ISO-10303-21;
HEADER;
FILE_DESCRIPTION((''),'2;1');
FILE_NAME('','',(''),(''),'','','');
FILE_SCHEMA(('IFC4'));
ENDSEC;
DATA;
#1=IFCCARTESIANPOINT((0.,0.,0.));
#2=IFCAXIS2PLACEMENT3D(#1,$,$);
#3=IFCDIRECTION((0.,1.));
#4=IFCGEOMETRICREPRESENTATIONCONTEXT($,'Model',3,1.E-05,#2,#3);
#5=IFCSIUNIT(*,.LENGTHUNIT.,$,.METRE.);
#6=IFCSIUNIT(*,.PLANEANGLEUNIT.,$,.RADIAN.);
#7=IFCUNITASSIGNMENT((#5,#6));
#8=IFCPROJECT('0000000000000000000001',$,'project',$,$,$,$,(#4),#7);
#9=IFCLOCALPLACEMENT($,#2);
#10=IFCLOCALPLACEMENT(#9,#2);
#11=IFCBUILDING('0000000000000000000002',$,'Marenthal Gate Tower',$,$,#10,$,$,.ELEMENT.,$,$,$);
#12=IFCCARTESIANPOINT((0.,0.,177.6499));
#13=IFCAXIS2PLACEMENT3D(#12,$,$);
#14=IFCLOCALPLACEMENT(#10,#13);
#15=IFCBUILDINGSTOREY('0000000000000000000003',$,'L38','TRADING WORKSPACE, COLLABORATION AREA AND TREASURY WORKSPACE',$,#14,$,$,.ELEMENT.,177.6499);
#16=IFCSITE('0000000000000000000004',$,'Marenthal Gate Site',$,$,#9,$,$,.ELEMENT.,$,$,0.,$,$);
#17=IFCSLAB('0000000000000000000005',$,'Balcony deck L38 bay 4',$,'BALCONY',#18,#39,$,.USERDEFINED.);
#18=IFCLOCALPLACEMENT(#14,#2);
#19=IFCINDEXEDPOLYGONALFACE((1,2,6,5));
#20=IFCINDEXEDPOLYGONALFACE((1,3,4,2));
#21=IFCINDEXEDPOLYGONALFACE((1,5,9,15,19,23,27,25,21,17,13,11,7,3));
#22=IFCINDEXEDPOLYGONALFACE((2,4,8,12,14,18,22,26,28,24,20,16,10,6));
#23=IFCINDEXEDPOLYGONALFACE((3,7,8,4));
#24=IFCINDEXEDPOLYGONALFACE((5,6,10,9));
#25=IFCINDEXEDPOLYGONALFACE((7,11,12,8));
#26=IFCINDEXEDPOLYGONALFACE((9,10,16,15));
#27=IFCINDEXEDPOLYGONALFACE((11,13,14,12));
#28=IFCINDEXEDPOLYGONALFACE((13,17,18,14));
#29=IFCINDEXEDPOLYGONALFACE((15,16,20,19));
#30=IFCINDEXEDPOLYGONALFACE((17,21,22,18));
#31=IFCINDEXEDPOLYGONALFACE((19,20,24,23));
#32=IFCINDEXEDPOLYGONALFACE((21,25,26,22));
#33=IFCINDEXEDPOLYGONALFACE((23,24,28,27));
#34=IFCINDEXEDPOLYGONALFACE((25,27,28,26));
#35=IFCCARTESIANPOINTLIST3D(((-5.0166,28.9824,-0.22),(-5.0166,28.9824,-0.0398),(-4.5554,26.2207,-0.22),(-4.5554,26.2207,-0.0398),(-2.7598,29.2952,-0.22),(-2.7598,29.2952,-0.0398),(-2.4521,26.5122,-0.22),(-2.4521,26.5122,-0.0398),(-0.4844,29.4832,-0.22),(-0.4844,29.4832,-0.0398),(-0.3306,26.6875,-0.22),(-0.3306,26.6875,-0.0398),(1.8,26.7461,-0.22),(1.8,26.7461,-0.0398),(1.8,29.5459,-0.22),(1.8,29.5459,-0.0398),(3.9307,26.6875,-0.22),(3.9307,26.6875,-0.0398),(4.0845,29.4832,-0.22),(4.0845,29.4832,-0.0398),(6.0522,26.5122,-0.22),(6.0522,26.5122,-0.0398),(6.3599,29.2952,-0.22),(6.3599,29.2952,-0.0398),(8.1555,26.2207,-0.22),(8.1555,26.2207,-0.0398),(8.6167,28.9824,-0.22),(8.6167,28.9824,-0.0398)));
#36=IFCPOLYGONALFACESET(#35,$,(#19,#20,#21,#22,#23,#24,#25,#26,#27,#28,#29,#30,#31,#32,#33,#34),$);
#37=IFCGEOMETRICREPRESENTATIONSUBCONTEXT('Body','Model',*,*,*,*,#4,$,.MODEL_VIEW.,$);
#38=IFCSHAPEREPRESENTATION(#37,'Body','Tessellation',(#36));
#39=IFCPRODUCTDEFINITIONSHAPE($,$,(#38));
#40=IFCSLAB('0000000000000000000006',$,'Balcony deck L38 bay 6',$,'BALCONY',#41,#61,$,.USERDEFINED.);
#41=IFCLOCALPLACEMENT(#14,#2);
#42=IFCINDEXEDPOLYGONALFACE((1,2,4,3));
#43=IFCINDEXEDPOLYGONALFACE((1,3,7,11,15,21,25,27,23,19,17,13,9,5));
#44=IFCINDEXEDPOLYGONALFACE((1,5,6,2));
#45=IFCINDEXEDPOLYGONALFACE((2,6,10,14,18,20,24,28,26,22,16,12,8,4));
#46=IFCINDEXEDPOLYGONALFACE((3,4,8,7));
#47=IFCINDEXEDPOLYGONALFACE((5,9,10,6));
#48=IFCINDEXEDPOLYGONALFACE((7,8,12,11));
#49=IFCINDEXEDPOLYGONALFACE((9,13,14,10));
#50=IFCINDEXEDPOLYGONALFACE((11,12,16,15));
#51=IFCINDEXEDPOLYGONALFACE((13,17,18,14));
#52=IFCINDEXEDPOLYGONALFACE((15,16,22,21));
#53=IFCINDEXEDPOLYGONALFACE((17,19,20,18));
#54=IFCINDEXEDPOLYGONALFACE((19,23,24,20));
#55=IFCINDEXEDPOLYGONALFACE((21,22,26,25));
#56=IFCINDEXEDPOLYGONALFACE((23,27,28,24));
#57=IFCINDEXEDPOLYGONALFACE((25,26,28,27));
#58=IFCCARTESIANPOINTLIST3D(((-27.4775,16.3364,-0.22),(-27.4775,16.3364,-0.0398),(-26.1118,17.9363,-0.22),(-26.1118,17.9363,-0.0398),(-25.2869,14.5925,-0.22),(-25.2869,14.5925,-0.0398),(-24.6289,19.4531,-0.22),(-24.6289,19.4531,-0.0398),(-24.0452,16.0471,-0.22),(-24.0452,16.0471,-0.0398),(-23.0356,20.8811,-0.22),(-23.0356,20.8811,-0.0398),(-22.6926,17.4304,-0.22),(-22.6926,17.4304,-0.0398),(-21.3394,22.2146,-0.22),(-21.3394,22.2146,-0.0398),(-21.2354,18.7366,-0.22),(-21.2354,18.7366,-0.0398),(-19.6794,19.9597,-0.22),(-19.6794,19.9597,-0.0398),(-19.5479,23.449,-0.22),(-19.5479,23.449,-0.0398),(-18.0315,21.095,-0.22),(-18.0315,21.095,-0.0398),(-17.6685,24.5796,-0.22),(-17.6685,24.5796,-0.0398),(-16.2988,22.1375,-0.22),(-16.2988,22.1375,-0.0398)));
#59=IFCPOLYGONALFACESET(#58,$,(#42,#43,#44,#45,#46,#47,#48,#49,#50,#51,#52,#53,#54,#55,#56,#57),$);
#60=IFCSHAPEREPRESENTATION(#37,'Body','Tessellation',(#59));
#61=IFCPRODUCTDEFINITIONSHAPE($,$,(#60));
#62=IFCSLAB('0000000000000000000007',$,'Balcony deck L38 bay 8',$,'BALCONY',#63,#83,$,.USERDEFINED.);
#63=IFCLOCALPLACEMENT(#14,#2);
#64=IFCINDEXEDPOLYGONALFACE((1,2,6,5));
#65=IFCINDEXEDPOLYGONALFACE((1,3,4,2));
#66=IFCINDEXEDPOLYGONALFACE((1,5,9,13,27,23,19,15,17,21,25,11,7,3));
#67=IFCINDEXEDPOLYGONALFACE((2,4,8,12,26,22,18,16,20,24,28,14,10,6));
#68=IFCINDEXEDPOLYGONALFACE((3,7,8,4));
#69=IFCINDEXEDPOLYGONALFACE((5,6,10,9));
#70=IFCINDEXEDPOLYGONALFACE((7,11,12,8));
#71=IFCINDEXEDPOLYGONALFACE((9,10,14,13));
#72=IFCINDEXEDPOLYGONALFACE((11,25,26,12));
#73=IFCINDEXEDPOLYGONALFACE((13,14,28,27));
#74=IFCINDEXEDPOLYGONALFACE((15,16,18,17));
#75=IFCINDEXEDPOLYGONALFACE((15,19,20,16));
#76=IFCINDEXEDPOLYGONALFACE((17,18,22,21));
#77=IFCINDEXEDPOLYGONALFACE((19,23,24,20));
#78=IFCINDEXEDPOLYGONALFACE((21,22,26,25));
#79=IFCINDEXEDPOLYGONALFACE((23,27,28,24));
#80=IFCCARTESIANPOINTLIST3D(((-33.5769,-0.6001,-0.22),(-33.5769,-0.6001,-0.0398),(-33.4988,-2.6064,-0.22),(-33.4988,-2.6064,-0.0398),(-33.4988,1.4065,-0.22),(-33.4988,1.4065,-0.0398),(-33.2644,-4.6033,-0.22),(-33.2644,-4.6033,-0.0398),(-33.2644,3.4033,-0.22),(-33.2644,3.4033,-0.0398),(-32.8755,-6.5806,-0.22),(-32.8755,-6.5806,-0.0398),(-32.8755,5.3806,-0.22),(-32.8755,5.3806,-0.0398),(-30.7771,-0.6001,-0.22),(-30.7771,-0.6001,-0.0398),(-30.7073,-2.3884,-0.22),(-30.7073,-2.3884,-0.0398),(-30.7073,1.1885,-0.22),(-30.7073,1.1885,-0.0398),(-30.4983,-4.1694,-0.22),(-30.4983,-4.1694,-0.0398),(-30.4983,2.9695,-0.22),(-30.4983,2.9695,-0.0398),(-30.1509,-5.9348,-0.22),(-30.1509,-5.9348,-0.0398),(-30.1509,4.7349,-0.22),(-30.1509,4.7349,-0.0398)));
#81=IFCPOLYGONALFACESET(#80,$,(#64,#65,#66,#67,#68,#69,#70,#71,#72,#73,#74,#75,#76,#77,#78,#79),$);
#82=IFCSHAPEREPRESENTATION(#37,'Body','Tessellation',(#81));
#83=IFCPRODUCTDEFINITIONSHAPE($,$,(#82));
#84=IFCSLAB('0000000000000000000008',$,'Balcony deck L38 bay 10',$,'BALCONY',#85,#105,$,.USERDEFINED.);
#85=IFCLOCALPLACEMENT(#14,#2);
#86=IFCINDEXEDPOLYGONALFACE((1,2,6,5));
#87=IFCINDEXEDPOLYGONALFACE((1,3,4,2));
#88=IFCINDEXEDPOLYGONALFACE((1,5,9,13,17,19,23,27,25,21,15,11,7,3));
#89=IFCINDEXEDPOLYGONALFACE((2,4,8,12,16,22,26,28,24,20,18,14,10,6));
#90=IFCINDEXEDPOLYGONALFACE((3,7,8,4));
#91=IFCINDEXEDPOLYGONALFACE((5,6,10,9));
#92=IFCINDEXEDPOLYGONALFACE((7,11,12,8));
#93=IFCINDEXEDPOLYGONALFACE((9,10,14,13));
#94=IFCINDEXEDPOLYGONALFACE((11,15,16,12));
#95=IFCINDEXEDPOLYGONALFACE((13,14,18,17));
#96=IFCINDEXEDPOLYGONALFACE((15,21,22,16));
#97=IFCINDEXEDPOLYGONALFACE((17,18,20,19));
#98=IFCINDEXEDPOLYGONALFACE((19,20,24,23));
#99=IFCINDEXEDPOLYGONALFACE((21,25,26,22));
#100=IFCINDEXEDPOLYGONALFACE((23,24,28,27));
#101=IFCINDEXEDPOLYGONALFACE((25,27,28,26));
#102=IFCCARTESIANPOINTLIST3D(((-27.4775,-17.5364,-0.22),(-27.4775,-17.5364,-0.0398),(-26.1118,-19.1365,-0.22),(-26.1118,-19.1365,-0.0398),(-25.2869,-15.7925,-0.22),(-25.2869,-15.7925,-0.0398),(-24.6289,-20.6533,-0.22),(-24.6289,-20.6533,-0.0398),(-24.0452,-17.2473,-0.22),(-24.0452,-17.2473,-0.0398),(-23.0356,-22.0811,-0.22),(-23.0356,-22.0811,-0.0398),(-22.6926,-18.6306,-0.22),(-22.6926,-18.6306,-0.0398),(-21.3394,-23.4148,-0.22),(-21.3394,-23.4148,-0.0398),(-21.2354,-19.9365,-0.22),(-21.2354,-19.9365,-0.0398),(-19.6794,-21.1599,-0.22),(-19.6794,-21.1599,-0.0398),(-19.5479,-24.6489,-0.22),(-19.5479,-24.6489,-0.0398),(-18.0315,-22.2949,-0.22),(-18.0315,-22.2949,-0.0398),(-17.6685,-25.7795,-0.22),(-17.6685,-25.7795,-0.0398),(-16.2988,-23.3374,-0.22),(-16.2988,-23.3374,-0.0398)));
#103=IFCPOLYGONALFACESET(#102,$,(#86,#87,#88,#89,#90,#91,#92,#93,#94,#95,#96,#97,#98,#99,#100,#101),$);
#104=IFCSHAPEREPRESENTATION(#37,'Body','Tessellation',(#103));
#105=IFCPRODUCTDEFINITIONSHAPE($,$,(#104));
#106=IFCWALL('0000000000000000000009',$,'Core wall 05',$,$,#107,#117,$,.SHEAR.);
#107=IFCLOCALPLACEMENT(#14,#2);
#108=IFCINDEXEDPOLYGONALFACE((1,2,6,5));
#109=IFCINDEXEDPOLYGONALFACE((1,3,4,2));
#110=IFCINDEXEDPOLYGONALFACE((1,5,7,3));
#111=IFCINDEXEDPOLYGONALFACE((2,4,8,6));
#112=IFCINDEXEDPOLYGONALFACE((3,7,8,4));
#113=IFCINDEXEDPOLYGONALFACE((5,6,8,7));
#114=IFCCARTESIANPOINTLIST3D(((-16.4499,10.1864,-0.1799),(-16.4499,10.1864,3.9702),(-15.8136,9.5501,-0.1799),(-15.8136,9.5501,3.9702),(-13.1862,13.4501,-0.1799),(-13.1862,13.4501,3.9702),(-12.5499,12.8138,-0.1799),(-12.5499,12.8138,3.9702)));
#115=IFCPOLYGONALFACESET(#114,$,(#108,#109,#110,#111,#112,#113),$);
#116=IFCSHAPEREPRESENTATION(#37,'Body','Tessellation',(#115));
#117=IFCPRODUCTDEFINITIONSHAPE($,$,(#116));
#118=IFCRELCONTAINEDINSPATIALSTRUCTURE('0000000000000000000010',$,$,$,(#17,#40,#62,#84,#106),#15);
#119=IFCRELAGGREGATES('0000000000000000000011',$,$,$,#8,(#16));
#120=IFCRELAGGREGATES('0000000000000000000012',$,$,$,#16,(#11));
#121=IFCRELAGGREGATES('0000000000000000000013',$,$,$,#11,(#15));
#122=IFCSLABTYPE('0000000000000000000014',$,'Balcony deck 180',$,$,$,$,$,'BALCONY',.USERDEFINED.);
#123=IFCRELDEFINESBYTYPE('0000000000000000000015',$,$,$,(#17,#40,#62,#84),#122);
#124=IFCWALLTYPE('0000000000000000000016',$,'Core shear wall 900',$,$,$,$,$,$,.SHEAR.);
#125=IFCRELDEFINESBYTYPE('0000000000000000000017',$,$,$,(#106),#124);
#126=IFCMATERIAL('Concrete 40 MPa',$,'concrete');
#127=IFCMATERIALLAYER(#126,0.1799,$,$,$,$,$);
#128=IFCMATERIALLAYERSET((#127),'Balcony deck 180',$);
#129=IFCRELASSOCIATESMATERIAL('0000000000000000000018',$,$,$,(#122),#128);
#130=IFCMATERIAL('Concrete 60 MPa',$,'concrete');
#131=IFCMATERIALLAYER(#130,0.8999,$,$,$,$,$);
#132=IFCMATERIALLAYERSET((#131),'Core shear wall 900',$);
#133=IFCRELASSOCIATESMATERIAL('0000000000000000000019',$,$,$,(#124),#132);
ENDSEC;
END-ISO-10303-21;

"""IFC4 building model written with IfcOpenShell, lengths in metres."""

from ifc_helpers import new_model, si_unit, direction, frame, frame_2d, origin, place, context, subcontext, project, spatial, polyline, rectangle, outline, extrude, material, layer, layer_set, type_object, element, save


model = new_model("IFC4")

# Units and contexts
model_context = context("Model", 3, precision=1e-05, world=origin(), true_north=direction((0.0, 1.0)))
body_context = subcontext(model_context, "Body", "Model", "MODEL_VIEW")
ifc_project = project(units=[si_unit("LENGTHUNIT", "METRE"), si_unit("PLANEANGLEUNIT", "RADIAN")], contexts=[model_context])

# Site, building, storey
site_placement = place(None, origin())
site = spatial("IfcSite", under=ifc_project, at=site_placement, Name="Marenthal Gate Site", CompositionType="ELEMENT", RefElevation=0.0)
building_placement = place(site_placement, origin())
building = spatial("IfcBuilding", under=site, at=building_placement, Name="Marenthal Gate Tower", CompositionType="ELEMENT")
storey_placement = place(building_placement, frame((0.0, 0.0, 177.6499)))
storey = spatial("IfcBuildingStorey", under=building, at=storey_placement, Name="L38", Description="TRADING WORKSPACE, COLLABORATION AREA AND TREASURY WORKSPACE", CompositionType="ELEMENT", Elevation=177.6499)

# Slabs
ifc_material_1 = material(Name="Concrete 40 MPa", Category="concrete")
ifc_layer_1 = layer(ifc_material_1, 0.1799)
ifc_layer_set_1 = layer_set([ifc_layer_1], Name="Balcony deck 180")
slab_type = type_object("IfcSlabType", Name="Balcony deck 180", ElementType="BALCONY", PredefinedType="USERDEFINED", material=ifc_layer_set_1)
slab_1_placement = place(storey_placement, frame((0.0, 0.0, -0.22)))
element("IfcSlab", 1, at=slab_1_placement, inside=storey, type_object=slab_type, Name="Balcony deck L38 bay 4", ObjectType="BALCONY", PredefinedType="USERDEFINED", context=body_context, shape_type="SweptSolid", body=[
    extrude(outline(polyline([(8.1555, 26.2207), (6.0522, 26.5122), (3.9307, 26.6875), (1.8, 26.7461), (-0.3306, 26.6875), (-2.4521, 26.5122), (-4.5554, 26.2207), (-5.0166, 28.9824), (-2.7598, 29.2952), (-0.4844, 29.4832), (1.8, 29.5459), (4.0845, 29.4832), (6.3599, 29.2952), (8.6167, 28.9824), (8.1555, 26.2207)])), origin(), (0.0, 0.0, 1.0), 0.1802),
])
slab_2_placement = place(storey_placement, frame((0.0, 0.0, -0.22)))
element("IfcSlab", 2, at=slab_2_placement, inside=storey, type_object=slab_type, Name="Balcony deck L38 bay 6", ObjectType="BALCONY", PredefinedType="USERDEFINED", context=body_context, shape_type="SweptSolid", body=[
    extrude(outline(polyline([(-16.2988, 22.1375), (-18.0315, 21.095), (-19.6794, 19.9597), (-21.2354, 18.7366), (-22.6926, 17.4304), (-24.0452, 16.0471), (-25.2869, 14.5925), (-27.4775, 16.3364), (-26.1118, 17.9363), (-24.6289, 19.4531), (-23.0356, 20.8811), (-21.3394, 22.2146), (-19.5479, 23.449), (-17.6685, 24.5796), (-16.2988, 22.1375)])), origin(), (0.0, 0.0, 1.0), 0.1802),
])
slab_3_placement = place(storey_placement, frame((0.0, 0.0, -0.22)))
element("IfcSlab", 3, at=slab_3_placement, inside=storey, type_object=slab_type, Name="Balcony deck L38 bay 8", ObjectType="BALCONY", PredefinedType="USERDEFINED", context=body_context, shape_type="SweptSolid", body=[
    extrude(outline(polyline([(-30.1509, 4.7349), (-30.4983, 2.9695), (-30.7073, 1.1885), (-30.7771, -0.6001), (-30.7073, -2.3884), (-30.4983, -4.1694), (-30.1509, -5.9348), (-32.8755, -6.5806), (-33.2644, -4.6033), (-33.4988, -2.6064), (-33.5769, -0.6001), (-33.4988, 1.4065), (-33.2644, 3.4033), (-32.8755, 5.3806), (-30.1509, 4.7349)])), origin(), (0.0, 0.0, 1.0), 0.1802),
])
slab_4_placement = place(storey_placement, frame((0.0, 0.0, -0.22)))
element("IfcSlab", 4, at=slab_4_placement, inside=storey, type_object=slab_type, Name="Balcony deck L38 bay 10", ObjectType="BALCONY", PredefinedType="USERDEFINED", context=body_context, shape_type="SweptSolid", body=[
    extrude(outline(polyline([(-25.2869, -15.7925), (-24.0452, -17.2473), (-22.6926, -18.6306), (-21.2354, -19.9365), (-19.6794, -21.1599), (-18.0315, -22.2949), (-16.2988, -23.3374), (-17.6685, -25.7795), (-19.5479, -24.6489), (-21.3394, -23.4148), (-23.0356, -22.0811), (-24.6289, -20.6533), (-26.1118, -19.1365), (-27.4775, -17.5364), (-25.2869, -15.7925)])), origin(), (0.0, 0.0, 1.0), 0.1802),
])

# Wall
ifc_material_2 = material(Name="Concrete 60 MPa", Category="concrete")
ifc_layer_2 = layer(ifc_material_2, 0.8999)
ifc_layer_set_2 = layer_set([ifc_layer_2], Name="Core shear wall 900")
wall_type_1 = type_object("IfcWallType", Name="Core shear wall 900", PredefinedType="SHEAR", material=ifc_layer_set_2)
wall_1_placement = place(storey_placement, frame((-12.8682, 13.1318, -0.1799), z_axis=(0.0, 0.0, 1.0), x_axis=(-0.707107, -0.707107, 0.0)))
element("IfcWall", 5, at=wall_1_placement, inside=storey, type_object=wall_type_1, Name="Core wall 05", PredefinedType="SHEAR", context=body_context, shape_type="SweptSolid", body=[
    extrude(rectangle(XDim=4.6155, YDim=0.8999, at=frame_2d((2.3076, 0.0))), origin(), (0.0, 0.0, 1.0), 4.1501),
])

save(model, "model.ifc")
